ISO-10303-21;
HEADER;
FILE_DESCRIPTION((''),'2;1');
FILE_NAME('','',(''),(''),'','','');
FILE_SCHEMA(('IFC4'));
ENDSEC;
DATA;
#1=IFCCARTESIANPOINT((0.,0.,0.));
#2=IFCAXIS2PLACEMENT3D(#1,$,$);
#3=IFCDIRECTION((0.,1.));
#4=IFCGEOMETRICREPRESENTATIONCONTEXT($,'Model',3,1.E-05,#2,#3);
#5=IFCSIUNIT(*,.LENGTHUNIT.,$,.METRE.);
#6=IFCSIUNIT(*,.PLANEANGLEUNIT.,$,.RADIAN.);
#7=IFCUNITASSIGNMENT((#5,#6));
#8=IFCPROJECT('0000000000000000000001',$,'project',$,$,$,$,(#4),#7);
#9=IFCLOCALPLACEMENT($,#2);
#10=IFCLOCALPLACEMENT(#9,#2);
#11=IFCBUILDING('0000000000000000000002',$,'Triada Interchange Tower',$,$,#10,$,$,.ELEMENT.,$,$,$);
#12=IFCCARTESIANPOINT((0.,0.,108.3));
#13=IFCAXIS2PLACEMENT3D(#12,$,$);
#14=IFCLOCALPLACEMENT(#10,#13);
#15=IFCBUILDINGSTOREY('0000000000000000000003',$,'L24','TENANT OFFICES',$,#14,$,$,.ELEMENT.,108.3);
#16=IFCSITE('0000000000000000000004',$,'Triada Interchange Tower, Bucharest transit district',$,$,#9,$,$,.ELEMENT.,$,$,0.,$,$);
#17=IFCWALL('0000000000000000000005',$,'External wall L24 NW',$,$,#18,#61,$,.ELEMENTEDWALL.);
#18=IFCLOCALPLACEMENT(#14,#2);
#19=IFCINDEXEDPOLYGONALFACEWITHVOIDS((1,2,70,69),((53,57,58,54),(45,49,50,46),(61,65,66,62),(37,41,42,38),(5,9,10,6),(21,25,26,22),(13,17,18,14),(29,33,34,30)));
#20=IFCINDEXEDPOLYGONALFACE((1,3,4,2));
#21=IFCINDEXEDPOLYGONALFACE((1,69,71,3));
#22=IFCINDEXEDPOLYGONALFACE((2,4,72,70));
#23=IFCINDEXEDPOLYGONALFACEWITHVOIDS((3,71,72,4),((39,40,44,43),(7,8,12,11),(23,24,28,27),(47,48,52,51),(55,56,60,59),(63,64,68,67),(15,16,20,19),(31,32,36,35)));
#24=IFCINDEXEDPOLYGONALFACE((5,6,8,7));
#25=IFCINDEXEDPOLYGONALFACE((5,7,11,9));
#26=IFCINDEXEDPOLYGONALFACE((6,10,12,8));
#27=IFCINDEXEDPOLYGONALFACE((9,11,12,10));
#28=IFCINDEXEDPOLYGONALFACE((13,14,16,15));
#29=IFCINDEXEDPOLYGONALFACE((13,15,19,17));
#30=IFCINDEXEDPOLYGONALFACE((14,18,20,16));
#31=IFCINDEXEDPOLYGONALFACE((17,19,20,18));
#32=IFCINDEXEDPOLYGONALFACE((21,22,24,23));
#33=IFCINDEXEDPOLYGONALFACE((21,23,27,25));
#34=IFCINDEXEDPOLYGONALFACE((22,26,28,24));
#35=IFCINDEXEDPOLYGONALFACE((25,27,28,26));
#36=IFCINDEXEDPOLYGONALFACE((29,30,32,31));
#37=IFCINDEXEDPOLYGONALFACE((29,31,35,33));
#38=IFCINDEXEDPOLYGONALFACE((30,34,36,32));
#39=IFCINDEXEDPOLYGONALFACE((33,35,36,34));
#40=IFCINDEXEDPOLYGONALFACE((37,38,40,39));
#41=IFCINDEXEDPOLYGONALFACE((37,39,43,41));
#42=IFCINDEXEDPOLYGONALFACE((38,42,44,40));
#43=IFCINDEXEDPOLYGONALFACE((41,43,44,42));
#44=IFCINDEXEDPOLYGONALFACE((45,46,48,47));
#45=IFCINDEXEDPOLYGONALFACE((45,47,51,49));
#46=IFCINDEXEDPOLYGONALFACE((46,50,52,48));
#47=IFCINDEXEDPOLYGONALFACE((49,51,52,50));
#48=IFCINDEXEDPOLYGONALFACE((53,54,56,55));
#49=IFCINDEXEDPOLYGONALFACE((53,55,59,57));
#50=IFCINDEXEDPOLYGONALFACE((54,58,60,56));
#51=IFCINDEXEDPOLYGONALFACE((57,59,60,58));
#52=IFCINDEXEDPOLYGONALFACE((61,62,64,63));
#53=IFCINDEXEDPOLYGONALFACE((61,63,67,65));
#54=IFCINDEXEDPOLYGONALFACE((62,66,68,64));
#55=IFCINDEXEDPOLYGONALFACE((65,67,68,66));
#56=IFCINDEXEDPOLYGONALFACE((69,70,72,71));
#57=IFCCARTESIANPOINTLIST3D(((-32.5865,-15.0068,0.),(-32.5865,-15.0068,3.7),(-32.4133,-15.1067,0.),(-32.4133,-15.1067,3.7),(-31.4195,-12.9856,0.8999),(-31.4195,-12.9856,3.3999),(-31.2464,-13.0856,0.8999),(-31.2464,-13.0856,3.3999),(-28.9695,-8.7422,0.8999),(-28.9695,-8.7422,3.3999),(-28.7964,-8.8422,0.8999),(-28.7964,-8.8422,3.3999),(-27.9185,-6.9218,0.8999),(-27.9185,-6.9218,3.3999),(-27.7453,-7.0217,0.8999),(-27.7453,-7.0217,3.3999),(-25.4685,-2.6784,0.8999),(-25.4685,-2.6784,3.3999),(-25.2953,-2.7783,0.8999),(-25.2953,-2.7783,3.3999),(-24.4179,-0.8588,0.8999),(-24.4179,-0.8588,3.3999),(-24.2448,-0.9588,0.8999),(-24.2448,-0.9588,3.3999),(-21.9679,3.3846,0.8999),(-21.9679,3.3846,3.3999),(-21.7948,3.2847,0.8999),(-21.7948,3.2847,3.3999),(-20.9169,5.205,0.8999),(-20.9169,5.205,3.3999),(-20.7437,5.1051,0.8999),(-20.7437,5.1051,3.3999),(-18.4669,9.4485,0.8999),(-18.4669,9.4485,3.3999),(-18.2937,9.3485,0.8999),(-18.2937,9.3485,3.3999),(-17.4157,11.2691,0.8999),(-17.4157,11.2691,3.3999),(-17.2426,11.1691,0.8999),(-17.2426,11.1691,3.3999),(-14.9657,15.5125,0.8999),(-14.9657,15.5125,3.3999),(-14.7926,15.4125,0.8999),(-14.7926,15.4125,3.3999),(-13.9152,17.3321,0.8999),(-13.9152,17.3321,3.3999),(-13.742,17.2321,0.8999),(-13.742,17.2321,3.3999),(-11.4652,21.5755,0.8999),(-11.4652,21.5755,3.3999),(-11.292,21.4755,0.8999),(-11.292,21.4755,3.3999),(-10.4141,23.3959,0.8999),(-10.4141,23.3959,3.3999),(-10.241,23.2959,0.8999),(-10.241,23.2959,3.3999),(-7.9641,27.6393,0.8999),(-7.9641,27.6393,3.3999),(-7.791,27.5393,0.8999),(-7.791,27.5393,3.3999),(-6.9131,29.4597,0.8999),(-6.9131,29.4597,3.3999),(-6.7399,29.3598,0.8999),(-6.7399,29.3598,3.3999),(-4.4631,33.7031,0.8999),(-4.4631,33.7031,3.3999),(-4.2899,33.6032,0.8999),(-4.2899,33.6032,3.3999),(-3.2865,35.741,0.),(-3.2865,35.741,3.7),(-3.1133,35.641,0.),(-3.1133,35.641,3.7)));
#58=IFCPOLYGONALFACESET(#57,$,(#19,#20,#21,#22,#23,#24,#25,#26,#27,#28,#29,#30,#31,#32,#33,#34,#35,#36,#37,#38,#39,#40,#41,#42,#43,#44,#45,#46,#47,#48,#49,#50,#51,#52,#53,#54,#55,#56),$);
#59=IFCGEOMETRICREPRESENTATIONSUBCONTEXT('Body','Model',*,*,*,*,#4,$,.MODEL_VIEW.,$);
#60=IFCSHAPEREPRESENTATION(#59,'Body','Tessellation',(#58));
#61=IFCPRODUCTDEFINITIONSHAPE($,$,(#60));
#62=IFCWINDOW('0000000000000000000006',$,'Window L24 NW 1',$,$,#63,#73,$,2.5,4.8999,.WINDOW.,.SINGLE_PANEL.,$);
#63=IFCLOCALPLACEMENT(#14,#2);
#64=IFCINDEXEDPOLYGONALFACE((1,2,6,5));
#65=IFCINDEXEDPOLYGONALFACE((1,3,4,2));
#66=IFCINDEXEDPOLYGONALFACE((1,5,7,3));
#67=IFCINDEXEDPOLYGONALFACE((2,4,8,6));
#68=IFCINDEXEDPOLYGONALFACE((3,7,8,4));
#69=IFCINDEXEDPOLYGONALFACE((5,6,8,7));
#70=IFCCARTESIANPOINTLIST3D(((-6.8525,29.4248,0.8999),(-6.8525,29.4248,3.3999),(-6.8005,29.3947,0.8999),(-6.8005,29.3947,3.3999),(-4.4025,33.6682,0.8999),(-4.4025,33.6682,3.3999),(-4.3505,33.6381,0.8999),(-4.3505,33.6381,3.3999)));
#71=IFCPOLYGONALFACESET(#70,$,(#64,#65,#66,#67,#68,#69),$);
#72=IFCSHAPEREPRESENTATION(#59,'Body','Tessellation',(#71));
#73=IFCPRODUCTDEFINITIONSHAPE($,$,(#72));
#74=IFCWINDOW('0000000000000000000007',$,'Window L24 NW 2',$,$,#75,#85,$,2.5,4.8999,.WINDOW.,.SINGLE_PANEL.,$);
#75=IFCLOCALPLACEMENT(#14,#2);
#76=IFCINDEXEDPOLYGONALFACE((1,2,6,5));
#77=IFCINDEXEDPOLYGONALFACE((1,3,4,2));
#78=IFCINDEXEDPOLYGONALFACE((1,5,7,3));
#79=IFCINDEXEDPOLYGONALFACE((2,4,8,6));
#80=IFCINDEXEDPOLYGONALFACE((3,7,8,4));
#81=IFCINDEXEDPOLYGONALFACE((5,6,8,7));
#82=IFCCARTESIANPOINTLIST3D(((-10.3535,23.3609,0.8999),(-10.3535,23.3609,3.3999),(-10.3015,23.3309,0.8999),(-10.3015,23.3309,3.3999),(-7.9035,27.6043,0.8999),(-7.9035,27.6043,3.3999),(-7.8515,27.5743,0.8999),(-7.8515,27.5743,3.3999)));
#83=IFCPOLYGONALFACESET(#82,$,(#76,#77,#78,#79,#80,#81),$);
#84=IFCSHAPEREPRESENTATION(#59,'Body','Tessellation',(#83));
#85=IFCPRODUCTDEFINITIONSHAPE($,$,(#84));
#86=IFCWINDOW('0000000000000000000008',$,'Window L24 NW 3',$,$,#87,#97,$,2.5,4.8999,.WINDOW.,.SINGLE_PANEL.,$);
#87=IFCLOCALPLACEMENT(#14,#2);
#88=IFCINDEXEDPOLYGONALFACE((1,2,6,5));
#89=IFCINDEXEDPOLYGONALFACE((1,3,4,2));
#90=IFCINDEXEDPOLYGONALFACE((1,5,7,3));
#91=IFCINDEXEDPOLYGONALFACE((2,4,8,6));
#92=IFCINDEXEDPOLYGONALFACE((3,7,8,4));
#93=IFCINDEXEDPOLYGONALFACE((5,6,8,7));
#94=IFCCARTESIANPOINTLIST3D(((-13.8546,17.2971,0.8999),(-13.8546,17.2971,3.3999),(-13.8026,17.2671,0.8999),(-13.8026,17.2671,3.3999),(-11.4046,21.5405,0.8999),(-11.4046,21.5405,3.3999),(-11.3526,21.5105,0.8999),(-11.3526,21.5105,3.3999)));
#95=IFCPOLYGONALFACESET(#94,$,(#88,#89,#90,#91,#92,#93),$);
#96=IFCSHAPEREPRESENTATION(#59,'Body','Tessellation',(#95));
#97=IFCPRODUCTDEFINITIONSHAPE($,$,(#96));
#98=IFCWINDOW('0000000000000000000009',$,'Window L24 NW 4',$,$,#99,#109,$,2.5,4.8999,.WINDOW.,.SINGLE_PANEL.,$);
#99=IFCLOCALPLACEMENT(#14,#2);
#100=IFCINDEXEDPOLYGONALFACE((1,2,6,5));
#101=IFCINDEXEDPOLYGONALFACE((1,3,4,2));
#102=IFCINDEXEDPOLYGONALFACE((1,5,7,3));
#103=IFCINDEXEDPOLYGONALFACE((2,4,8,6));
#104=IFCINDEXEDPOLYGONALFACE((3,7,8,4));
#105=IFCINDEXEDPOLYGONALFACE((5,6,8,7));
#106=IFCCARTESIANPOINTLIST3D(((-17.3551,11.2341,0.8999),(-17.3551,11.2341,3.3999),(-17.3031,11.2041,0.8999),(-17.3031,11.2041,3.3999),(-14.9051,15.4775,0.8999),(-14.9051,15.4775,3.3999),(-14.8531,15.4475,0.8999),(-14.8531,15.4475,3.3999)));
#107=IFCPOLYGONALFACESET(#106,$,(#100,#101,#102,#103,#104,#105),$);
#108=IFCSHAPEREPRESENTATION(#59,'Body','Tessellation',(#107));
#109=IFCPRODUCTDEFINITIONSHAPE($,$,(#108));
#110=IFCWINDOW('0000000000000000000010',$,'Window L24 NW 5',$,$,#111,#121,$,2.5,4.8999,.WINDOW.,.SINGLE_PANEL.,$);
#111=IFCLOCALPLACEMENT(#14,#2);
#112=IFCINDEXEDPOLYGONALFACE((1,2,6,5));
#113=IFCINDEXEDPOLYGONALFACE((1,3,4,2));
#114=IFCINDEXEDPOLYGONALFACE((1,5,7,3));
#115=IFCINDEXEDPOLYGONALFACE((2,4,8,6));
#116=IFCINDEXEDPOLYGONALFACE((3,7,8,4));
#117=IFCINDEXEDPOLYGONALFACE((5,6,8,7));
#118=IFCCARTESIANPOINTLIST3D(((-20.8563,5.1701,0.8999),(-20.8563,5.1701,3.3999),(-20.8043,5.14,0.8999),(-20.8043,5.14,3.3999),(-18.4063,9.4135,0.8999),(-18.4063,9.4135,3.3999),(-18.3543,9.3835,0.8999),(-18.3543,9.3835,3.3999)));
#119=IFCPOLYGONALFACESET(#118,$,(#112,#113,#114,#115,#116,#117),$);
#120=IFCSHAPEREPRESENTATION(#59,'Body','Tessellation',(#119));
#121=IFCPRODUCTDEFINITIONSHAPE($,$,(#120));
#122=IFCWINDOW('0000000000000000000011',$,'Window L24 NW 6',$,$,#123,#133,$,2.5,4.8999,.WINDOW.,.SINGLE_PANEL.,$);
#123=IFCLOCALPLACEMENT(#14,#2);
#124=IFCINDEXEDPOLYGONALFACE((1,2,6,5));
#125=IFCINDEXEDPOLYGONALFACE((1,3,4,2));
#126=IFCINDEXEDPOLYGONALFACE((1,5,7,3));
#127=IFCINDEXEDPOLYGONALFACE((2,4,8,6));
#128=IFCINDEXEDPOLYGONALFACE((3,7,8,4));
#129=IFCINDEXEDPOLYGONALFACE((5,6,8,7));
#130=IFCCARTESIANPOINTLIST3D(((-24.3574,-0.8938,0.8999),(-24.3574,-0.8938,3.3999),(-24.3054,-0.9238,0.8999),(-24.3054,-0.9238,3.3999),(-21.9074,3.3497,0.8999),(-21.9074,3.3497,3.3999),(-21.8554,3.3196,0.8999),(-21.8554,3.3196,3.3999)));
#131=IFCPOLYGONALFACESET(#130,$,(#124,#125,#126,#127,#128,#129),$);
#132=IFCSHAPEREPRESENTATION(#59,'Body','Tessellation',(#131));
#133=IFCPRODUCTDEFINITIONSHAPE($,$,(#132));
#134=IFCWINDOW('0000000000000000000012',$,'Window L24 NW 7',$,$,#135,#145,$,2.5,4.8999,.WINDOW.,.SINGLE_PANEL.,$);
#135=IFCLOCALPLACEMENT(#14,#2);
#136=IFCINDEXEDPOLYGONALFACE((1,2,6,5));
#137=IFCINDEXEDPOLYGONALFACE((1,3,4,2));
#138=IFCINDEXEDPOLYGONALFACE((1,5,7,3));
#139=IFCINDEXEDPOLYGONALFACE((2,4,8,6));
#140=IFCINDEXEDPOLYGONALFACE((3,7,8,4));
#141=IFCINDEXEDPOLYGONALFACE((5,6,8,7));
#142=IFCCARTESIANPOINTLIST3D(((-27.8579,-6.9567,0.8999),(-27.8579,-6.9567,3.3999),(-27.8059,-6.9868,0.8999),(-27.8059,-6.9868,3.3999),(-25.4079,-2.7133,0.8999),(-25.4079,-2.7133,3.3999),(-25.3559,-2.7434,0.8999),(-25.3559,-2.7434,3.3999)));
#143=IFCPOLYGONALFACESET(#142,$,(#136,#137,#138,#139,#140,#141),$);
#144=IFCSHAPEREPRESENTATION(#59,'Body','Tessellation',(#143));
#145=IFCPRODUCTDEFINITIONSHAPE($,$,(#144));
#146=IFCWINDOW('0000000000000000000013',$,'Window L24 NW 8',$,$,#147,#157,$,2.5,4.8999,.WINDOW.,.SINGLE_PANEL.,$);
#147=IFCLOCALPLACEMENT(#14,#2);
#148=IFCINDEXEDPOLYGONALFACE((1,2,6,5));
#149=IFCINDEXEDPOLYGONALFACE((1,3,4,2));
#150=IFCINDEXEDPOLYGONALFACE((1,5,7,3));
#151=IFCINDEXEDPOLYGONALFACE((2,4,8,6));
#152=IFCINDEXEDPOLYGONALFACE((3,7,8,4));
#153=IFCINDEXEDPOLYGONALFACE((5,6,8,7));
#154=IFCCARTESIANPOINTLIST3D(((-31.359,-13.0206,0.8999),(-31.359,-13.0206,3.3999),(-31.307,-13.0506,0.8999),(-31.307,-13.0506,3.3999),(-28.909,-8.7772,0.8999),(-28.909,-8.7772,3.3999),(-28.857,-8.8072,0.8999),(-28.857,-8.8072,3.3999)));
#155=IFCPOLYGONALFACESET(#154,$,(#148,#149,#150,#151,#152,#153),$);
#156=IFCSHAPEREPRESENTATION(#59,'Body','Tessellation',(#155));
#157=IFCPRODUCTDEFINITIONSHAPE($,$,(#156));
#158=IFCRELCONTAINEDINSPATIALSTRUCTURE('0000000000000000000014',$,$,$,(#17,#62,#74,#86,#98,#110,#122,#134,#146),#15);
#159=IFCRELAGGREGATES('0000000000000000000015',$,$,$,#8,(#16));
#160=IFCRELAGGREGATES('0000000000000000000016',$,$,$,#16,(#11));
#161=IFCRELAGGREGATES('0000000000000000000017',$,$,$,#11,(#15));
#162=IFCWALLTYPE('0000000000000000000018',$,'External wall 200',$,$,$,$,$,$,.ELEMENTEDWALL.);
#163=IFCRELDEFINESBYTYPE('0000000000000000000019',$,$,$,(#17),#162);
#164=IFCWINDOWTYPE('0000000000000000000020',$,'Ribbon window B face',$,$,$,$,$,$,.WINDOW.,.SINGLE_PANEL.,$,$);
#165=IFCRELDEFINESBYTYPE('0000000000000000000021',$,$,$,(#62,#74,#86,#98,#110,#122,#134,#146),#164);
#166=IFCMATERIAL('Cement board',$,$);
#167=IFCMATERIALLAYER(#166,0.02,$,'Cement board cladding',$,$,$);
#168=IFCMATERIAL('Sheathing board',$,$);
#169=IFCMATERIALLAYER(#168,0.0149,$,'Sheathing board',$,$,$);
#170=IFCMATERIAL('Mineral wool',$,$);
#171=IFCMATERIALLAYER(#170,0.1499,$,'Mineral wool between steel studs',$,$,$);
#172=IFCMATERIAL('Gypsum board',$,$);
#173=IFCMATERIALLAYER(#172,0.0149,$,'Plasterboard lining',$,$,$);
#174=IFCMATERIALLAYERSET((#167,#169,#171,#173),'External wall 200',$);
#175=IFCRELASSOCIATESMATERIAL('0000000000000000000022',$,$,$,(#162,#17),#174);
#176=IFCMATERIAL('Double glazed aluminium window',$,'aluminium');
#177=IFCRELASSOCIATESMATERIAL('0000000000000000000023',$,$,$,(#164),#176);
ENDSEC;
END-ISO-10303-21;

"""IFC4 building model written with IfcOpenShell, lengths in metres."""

from ifc_helpers import new_model, si_unit, direction, frame, frame_2d, origin, place, context, subcontext, project, spatial, rectangle, extrude, material, layer, layer_set, layer_usage, type_object, element, fill, save


model = new_model("IFC4")

# Units and contexts
model_context = context("Model", 3, precision=1e-05, world=origin(), true_north=direction((0.0, 1.0)))
body_context = subcontext(model_context, "Body", "Model", "MODEL_VIEW")
ifc_project = project(units=[si_unit("LENGTHUNIT", "METRE"), si_unit("PLANEANGLEUNIT", "RADIAN")], contexts=[model_context])

# Site, building, storey
site_placement = place(None, origin())
site = spatial("IfcSite", under=ifc_project, at=site_placement, Name="Triada Interchange Tower, Bucharest transit district", CompositionType="ELEMENT", RefElevation=0.0)
building_placement = place(site_placement, origin())
building = spatial("IfcBuilding", under=site, at=building_placement, Name="Triada Interchange Tower", CompositionType="ELEMENT")
storey_placement = place(building_placement, frame((0.0, 0.0, 108.3)))
storey = spatial("IfcBuildingStorey", under=building, at=storey_placement, Name="L24", Description="TENANT OFFICES", CompositionType="ELEMENT", Elevation=108.3)

# Wall, openings, windows
ifc_material_1 = material(Name="Cement board")
ifc_layer_1 = layer(ifc_material_1, 0.02, Name="Cement board cladding")
ifc_material_2 = material(Name="Sheathing board")
ifc_layer_2 = layer(ifc_material_2, 0.0149, Name="Sheathing board")
ifc_material_3 = material(Name="Mineral wool")
ifc_layer_3 = layer(ifc_material_3, 0.1499, Name="Mineral wool between steel studs")
ifc_material_4 = material(Name="Gypsum board")
ifc_layer_4 = layer(ifc_material_4, 0.0149, Name="Plasterboard lining")
ifc_layer_set_1 = layer_set([ifc_layer_1, ifc_layer_2, ifc_layer_3, ifc_layer_4], Name="External wall 200")
ifc_layer_usage = layer_usage(ifc_layer_set_1, "AXIS2", "POSITIVE", -0.1001)
wall_type_1 = type_object("IfcWallType", Name="External wall 200", PredefinedType="ELEMENTEDWALL", material=ifc_layer_set_1)
wall_1_placement = place(storey_placement, frame((-3.2, 35.6909, 0.0), z_axis=(0.0, 0.0, 1.0), x_axis=(-0.50001, -0.86602, 0.0)))
wall_1 = element("IfcWall", 1, at=wall_1_placement, inside=storey, type_object=wall_type_1, material=ifc_layer_usage, Name="External wall L24 NW", PredefinedType="ELEMENTEDWALL", context=body_context, shape_type="SweptSolid", body=[
    extrude(rectangle(XDim=58.5989, YDim=0.2, at=frame_2d((29.2993, 0.0))), origin(), (0.0, 0.0, 1.0), 3.7),
])
opening_1_placement = place(wall_1_placement, frame((2.353, 0.0, 0.8999)))
opening_1 = element("IfcOpeningElement", 2, at=opening_1_placement, cuts=wall_1, PredefinedType="OPENING", context=body_context, shape_type="SweptSolid", body=[
    extrude(rectangle(XDim=4.8999, YDim=2.5, at=frame_2d((2.45, 1.25))), frame((0.0, 0.1099, 0.0), z_axis=(0.0, -1.0, 0.0), x_axis=(1.0, 0.0, 0.0)), (0.0, 0.0, 1.0), 0.22),
])
opening_2_placement = place(wall_1_placement, frame((9.355, 0.0, 0.8999)))
opening_2 = element("IfcOpeningElement", 3, at=opening_2_placement, cuts=wall_1, PredefinedType="OPENING", context=body_context, shape_type="SweptSolid", body=[
    extrude(rectangle(XDim=4.8999, YDim=2.5, at=frame_2d((2.45, 1.25))), frame((0.0, 0.1099, 0.0), z_axis=(0.0, -1.0, 0.0), x_axis=(1.0, 0.0, 0.0)), (0.0, 0.0, 1.0), 0.22),
])
opening_3_placement = place(wall_1_placement, frame((16.3569, 0.0, 0.8999)))
opening_3 = element("IfcOpeningElement", 4, at=opening_3_placement, cuts=wall_1, PredefinedType="OPENING", context=body_context, shape_type="SweptSolid", body=[
    extrude(rectangle(XDim=4.8999, YDim=2.5, at=frame_2d((2.45, 1.25))), frame((0.0, 0.1099, 0.0), z_axis=(0.0, -1.0, 0.0), x_axis=(1.0, 0.0, 0.0)), (0.0, 0.0, 1.0), 0.22),
])
opening_4_placement = place(wall_1_placement, frame((23.3579, 0.0, 0.8999)))
opening_4 = element("IfcOpeningElement", 5, at=opening_4_placement, cuts=wall_1, PredefinedType="OPENING", context=body_context, shape_type="SweptSolid", body=[
    extrude(rectangle(XDim=4.8999, YDim=2.5, at=frame_2d((2.45, 1.25))), frame((0.0, 0.1099, 0.0), z_axis=(0.0, -1.0, 0.0), x_axis=(1.0, 0.0, 0.0)), (0.0, 0.0, 1.0), 0.22),
])
opening_5_placement = place(wall_1_placement, frame((30.3601, 0.0, 0.8999)))
opening_5 = element("IfcOpeningElement", 6, at=opening_5_placement, cuts=wall_1, PredefinedType="OPENING", context=body_context, shape_type="SweptSolid", body=[
    extrude(rectangle(XDim=4.8999, YDim=2.5, at=frame_2d((2.45, 1.25))), frame((0.0, 0.1099, 0.0), z_axis=(0.0, -1.0, 0.0), x_axis=(1.0, 0.0, 0.0)), (0.0, 0.0, 1.0), 0.22),
])
opening_6_placement = place(wall_1_placement, frame((37.3621, 0.0, 0.8999)))
opening_6 = element("IfcOpeningElement", 7, at=opening_6_placement, cuts=wall_1, PredefinedType="OPENING", context=body_context, shape_type="SweptSolid", body=[
    extrude(rectangle(XDim=4.8999, YDim=2.5, at=frame_2d((2.45, 1.25))), frame((0.0, 0.1099, 0.0), z_axis=(0.0, -1.0, 0.0), x_axis=(1.0, 0.0, 0.0)), (0.0, 0.0, 1.0), 0.22),
])
opening_7_placement = place(wall_1_placement, frame((44.363, 0.0, 0.8999)))
opening_7 = element("IfcOpeningElement", 8, at=opening_7_placement, cuts=wall_1, PredefinedType="OPENING", context=body_context, shape_type="SweptSolid", body=[
    extrude(rectangle(XDim=4.8999, YDim=2.5, at=frame_2d((2.45, 1.25))), frame((0.0, 0.1099, 0.0), z_axis=(0.0, -1.0, 0.0), x_axis=(1.0, 0.0, 0.0)), (0.0, 0.0, 1.0), 0.22),
])
opening_8_placement = place(wall_1_placement, frame((51.365, 0.0, 0.8999)))
opening_8 = element("IfcOpeningElement", 9, at=opening_8_placement, cuts=wall_1, PredefinedType="OPENING", context=body_context, shape_type="SweptSolid", body=[
    extrude(rectangle(XDim=4.8999, YDim=2.5, at=frame_2d((2.45, 1.25))), frame((0.0, 0.1099, 0.0), z_axis=(0.0, -1.0, 0.0), x_axis=(1.0, 0.0, 0.0)), (0.0, 0.0, 1.0), 0.22),
])
ifc_material_5 = material(Name="Double glazed aluminium window", Category="aluminium")
window_type = type_object("IfcWindowType", Name="Ribbon window B face", PartitioningType="SINGLE_PANEL", PredefinedType="WINDOW", material=ifc_material_5)
window_1_placement = place(opening_1_placement, origin())
window_1 = element("IfcWindow", 10, at=window_1_placement, inside=storey, type_object=window_type, Name="Window L24 NW 1", OverallHeight=2.5, OverallWidth=4.8999, PartitioningType="SINGLE_PANEL", PredefinedType="WINDOW", context=body_context, shape_type="SweptSolid", body=[
    extrude(rectangle(XDim=4.8999, YDim=2.5, at=frame_2d((2.45, 1.25))), frame((0.0, 0.03, 0.0), z_axis=(0.0, -1.0, 0.0), x_axis=(1.0, 0.0, 0.0)), (0.0, 0.0, 1.0), 0.0601),
])
fill(opening_1, window_1)
window_2_placement = place(opening_2_placement, origin())
window_2 = element("IfcWindow", 11, at=window_2_placement, inside=storey, type_object=window_type, Name="Window L24 NW 2", OverallHeight=2.5, OverallWidth=4.8999, PartitioningType="SINGLE_PANEL", PredefinedType="WINDOW", context=body_context, shape_type="SweptSolid", body=[
    extrude(rectangle(XDim=4.8999, YDim=2.5, at=frame_2d((2.45, 1.25))), frame((0.0, 0.03, 0.0), z_axis=(0.0, -1.0, 0.0), x_axis=(1.0, 0.0, 0.0)), (0.0, 0.0, 1.0), 0.0601),
])
fill(opening_2, window_2)
window_3_placement = place(opening_3_placement, origin())
window_3 = element("IfcWindow", 12, at=window_3_placement, inside=storey, type_object=window_type, Name="Window L24 NW 3", OverallHeight=2.5, OverallWidth=4.8999, PartitioningType="SINGLE_PANEL", PredefinedType="WINDOW", context=body_context, shape_type="SweptSolid", body=[
    extrude(rectangle(XDim=4.8999, YDim=2.5, at=frame_2d((2.45, 1.25))), frame((0.0, 0.03, 0.0), z_axis=(0.0, -1.0, 0.0), x_axis=(1.0, 0.0, 0.0)), (0.0, 0.0, 1.0), 0.0601),
])
fill(opening_3, window_3)
window_4_placement = place(opening_4_placement, origin())
window_4 = element("IfcWindow", 13, at=window_4_placement, inside=storey, type_object=window_type, Name="Window L24 NW 4", OverallHeight=2.5, OverallWidth=4.8999, PartitioningType="SINGLE_PANEL", PredefinedType="WINDOW", context=body_context, shape_type="SweptSolid", body=[
    extrude(rectangle(XDim=4.8999, YDim=2.5, at=frame_2d((2.45, 1.25))), frame((0.0, 0.03, 0.0), z_axis=(0.0, -1.0, 0.0), x_axis=(1.0, 0.0, 0.0)), (0.0, 0.0, 1.0), 0.0601),
])
fill(opening_4, window_4)
window_5_placement = place(opening_5_placement, origin())
window_5 = element("IfcWindow", 14, at=window_5_placement, inside=storey, type_object=window_type, Name="Window L24 NW 5", OverallHeight=2.5, OverallWidth=4.8999, PartitioningType="SINGLE_PANEL", PredefinedType="WINDOW", context=body_context, shape_type="SweptSolid", body=[
    extrude(rectangle(XDim=4.8999, YDim=2.5, at=frame_2d((2.45, 1.25))), frame((0.0, 0.03, 0.0), z_axis=(0.0, -1.0, 0.0), x_axis=(1.0, 0.0, 0.0)), (0.0, 0.0, 1.0), 0.0601),
])
fill(opening_5, window_5)
window_6_placement = place(opening_6_placement, origin())
window_6 = element("IfcWindow", 15, at=window_6_placement, inside=storey, type_object=window_type, Name="Window L24 NW 6", OverallHeight=2.5, OverallWidth=4.8999, PartitioningType="SINGLE_PANEL", PredefinedType="WINDOW", context=body_context, shape_type="SweptSolid", body=[
    extrude(rectangle(XDim=4.8999, YDim=2.5, at=frame_2d((2.45, 1.25))), frame((0.0, 0.03, 0.0), z_axis=(0.0, -1.0, 0.0), x_axis=(1.0, 0.0, 0.0)), (0.0, 0.0, 1.0), 0.0601),
])
fill(opening_6, window_6)
window_7_placement = place(opening_7_placement, origin())
window_7 = element("IfcWindow", 16, at=window_7_placement, inside=storey, type_object=window_type, Name="Window L24 NW 7", OverallHeight=2.5, OverallWidth=4.8999, PartitioningType="SINGLE_PANEL", PredefinedType="WINDOW", context=body_context, shape_type="SweptSolid", body=[
    extrude(rectangle(XDim=4.8999, YDim=2.5, at=frame_2d((2.45, 1.25))), frame((0.0, 0.03, 0.0), z_axis=(0.0, -1.0, 0.0), x_axis=(1.0, 0.0, 0.0)), (0.0, 0.0, 1.0), 0.0601),
])
fill(opening_7, window_7)
window_8_placement = place(opening_8_placement, origin())
window_8 = element("IfcWindow", 17, at=window_8_placement, inside=storey, type_object=window_type, Name="Window L24 NW 8", OverallHeight=2.5, OverallWidth=4.8999, PartitioningType="SINGLE_PANEL", PredefinedType="WINDOW", context=body_context, shape_type="SweptSolid", body=[
    extrude(rectangle(XDim=4.8999, YDim=2.5, at=frame_2d((2.45, 1.25))), frame((0.0, 0.03, 0.0), z_axis=(0.0, -1.0, 0.0), x_axis=(1.0, 0.0, 0.0)), (0.0, 0.0, 1.0), 0.0601),
])
fill(opening_8, window_8)

save(model, "model.ifc")
